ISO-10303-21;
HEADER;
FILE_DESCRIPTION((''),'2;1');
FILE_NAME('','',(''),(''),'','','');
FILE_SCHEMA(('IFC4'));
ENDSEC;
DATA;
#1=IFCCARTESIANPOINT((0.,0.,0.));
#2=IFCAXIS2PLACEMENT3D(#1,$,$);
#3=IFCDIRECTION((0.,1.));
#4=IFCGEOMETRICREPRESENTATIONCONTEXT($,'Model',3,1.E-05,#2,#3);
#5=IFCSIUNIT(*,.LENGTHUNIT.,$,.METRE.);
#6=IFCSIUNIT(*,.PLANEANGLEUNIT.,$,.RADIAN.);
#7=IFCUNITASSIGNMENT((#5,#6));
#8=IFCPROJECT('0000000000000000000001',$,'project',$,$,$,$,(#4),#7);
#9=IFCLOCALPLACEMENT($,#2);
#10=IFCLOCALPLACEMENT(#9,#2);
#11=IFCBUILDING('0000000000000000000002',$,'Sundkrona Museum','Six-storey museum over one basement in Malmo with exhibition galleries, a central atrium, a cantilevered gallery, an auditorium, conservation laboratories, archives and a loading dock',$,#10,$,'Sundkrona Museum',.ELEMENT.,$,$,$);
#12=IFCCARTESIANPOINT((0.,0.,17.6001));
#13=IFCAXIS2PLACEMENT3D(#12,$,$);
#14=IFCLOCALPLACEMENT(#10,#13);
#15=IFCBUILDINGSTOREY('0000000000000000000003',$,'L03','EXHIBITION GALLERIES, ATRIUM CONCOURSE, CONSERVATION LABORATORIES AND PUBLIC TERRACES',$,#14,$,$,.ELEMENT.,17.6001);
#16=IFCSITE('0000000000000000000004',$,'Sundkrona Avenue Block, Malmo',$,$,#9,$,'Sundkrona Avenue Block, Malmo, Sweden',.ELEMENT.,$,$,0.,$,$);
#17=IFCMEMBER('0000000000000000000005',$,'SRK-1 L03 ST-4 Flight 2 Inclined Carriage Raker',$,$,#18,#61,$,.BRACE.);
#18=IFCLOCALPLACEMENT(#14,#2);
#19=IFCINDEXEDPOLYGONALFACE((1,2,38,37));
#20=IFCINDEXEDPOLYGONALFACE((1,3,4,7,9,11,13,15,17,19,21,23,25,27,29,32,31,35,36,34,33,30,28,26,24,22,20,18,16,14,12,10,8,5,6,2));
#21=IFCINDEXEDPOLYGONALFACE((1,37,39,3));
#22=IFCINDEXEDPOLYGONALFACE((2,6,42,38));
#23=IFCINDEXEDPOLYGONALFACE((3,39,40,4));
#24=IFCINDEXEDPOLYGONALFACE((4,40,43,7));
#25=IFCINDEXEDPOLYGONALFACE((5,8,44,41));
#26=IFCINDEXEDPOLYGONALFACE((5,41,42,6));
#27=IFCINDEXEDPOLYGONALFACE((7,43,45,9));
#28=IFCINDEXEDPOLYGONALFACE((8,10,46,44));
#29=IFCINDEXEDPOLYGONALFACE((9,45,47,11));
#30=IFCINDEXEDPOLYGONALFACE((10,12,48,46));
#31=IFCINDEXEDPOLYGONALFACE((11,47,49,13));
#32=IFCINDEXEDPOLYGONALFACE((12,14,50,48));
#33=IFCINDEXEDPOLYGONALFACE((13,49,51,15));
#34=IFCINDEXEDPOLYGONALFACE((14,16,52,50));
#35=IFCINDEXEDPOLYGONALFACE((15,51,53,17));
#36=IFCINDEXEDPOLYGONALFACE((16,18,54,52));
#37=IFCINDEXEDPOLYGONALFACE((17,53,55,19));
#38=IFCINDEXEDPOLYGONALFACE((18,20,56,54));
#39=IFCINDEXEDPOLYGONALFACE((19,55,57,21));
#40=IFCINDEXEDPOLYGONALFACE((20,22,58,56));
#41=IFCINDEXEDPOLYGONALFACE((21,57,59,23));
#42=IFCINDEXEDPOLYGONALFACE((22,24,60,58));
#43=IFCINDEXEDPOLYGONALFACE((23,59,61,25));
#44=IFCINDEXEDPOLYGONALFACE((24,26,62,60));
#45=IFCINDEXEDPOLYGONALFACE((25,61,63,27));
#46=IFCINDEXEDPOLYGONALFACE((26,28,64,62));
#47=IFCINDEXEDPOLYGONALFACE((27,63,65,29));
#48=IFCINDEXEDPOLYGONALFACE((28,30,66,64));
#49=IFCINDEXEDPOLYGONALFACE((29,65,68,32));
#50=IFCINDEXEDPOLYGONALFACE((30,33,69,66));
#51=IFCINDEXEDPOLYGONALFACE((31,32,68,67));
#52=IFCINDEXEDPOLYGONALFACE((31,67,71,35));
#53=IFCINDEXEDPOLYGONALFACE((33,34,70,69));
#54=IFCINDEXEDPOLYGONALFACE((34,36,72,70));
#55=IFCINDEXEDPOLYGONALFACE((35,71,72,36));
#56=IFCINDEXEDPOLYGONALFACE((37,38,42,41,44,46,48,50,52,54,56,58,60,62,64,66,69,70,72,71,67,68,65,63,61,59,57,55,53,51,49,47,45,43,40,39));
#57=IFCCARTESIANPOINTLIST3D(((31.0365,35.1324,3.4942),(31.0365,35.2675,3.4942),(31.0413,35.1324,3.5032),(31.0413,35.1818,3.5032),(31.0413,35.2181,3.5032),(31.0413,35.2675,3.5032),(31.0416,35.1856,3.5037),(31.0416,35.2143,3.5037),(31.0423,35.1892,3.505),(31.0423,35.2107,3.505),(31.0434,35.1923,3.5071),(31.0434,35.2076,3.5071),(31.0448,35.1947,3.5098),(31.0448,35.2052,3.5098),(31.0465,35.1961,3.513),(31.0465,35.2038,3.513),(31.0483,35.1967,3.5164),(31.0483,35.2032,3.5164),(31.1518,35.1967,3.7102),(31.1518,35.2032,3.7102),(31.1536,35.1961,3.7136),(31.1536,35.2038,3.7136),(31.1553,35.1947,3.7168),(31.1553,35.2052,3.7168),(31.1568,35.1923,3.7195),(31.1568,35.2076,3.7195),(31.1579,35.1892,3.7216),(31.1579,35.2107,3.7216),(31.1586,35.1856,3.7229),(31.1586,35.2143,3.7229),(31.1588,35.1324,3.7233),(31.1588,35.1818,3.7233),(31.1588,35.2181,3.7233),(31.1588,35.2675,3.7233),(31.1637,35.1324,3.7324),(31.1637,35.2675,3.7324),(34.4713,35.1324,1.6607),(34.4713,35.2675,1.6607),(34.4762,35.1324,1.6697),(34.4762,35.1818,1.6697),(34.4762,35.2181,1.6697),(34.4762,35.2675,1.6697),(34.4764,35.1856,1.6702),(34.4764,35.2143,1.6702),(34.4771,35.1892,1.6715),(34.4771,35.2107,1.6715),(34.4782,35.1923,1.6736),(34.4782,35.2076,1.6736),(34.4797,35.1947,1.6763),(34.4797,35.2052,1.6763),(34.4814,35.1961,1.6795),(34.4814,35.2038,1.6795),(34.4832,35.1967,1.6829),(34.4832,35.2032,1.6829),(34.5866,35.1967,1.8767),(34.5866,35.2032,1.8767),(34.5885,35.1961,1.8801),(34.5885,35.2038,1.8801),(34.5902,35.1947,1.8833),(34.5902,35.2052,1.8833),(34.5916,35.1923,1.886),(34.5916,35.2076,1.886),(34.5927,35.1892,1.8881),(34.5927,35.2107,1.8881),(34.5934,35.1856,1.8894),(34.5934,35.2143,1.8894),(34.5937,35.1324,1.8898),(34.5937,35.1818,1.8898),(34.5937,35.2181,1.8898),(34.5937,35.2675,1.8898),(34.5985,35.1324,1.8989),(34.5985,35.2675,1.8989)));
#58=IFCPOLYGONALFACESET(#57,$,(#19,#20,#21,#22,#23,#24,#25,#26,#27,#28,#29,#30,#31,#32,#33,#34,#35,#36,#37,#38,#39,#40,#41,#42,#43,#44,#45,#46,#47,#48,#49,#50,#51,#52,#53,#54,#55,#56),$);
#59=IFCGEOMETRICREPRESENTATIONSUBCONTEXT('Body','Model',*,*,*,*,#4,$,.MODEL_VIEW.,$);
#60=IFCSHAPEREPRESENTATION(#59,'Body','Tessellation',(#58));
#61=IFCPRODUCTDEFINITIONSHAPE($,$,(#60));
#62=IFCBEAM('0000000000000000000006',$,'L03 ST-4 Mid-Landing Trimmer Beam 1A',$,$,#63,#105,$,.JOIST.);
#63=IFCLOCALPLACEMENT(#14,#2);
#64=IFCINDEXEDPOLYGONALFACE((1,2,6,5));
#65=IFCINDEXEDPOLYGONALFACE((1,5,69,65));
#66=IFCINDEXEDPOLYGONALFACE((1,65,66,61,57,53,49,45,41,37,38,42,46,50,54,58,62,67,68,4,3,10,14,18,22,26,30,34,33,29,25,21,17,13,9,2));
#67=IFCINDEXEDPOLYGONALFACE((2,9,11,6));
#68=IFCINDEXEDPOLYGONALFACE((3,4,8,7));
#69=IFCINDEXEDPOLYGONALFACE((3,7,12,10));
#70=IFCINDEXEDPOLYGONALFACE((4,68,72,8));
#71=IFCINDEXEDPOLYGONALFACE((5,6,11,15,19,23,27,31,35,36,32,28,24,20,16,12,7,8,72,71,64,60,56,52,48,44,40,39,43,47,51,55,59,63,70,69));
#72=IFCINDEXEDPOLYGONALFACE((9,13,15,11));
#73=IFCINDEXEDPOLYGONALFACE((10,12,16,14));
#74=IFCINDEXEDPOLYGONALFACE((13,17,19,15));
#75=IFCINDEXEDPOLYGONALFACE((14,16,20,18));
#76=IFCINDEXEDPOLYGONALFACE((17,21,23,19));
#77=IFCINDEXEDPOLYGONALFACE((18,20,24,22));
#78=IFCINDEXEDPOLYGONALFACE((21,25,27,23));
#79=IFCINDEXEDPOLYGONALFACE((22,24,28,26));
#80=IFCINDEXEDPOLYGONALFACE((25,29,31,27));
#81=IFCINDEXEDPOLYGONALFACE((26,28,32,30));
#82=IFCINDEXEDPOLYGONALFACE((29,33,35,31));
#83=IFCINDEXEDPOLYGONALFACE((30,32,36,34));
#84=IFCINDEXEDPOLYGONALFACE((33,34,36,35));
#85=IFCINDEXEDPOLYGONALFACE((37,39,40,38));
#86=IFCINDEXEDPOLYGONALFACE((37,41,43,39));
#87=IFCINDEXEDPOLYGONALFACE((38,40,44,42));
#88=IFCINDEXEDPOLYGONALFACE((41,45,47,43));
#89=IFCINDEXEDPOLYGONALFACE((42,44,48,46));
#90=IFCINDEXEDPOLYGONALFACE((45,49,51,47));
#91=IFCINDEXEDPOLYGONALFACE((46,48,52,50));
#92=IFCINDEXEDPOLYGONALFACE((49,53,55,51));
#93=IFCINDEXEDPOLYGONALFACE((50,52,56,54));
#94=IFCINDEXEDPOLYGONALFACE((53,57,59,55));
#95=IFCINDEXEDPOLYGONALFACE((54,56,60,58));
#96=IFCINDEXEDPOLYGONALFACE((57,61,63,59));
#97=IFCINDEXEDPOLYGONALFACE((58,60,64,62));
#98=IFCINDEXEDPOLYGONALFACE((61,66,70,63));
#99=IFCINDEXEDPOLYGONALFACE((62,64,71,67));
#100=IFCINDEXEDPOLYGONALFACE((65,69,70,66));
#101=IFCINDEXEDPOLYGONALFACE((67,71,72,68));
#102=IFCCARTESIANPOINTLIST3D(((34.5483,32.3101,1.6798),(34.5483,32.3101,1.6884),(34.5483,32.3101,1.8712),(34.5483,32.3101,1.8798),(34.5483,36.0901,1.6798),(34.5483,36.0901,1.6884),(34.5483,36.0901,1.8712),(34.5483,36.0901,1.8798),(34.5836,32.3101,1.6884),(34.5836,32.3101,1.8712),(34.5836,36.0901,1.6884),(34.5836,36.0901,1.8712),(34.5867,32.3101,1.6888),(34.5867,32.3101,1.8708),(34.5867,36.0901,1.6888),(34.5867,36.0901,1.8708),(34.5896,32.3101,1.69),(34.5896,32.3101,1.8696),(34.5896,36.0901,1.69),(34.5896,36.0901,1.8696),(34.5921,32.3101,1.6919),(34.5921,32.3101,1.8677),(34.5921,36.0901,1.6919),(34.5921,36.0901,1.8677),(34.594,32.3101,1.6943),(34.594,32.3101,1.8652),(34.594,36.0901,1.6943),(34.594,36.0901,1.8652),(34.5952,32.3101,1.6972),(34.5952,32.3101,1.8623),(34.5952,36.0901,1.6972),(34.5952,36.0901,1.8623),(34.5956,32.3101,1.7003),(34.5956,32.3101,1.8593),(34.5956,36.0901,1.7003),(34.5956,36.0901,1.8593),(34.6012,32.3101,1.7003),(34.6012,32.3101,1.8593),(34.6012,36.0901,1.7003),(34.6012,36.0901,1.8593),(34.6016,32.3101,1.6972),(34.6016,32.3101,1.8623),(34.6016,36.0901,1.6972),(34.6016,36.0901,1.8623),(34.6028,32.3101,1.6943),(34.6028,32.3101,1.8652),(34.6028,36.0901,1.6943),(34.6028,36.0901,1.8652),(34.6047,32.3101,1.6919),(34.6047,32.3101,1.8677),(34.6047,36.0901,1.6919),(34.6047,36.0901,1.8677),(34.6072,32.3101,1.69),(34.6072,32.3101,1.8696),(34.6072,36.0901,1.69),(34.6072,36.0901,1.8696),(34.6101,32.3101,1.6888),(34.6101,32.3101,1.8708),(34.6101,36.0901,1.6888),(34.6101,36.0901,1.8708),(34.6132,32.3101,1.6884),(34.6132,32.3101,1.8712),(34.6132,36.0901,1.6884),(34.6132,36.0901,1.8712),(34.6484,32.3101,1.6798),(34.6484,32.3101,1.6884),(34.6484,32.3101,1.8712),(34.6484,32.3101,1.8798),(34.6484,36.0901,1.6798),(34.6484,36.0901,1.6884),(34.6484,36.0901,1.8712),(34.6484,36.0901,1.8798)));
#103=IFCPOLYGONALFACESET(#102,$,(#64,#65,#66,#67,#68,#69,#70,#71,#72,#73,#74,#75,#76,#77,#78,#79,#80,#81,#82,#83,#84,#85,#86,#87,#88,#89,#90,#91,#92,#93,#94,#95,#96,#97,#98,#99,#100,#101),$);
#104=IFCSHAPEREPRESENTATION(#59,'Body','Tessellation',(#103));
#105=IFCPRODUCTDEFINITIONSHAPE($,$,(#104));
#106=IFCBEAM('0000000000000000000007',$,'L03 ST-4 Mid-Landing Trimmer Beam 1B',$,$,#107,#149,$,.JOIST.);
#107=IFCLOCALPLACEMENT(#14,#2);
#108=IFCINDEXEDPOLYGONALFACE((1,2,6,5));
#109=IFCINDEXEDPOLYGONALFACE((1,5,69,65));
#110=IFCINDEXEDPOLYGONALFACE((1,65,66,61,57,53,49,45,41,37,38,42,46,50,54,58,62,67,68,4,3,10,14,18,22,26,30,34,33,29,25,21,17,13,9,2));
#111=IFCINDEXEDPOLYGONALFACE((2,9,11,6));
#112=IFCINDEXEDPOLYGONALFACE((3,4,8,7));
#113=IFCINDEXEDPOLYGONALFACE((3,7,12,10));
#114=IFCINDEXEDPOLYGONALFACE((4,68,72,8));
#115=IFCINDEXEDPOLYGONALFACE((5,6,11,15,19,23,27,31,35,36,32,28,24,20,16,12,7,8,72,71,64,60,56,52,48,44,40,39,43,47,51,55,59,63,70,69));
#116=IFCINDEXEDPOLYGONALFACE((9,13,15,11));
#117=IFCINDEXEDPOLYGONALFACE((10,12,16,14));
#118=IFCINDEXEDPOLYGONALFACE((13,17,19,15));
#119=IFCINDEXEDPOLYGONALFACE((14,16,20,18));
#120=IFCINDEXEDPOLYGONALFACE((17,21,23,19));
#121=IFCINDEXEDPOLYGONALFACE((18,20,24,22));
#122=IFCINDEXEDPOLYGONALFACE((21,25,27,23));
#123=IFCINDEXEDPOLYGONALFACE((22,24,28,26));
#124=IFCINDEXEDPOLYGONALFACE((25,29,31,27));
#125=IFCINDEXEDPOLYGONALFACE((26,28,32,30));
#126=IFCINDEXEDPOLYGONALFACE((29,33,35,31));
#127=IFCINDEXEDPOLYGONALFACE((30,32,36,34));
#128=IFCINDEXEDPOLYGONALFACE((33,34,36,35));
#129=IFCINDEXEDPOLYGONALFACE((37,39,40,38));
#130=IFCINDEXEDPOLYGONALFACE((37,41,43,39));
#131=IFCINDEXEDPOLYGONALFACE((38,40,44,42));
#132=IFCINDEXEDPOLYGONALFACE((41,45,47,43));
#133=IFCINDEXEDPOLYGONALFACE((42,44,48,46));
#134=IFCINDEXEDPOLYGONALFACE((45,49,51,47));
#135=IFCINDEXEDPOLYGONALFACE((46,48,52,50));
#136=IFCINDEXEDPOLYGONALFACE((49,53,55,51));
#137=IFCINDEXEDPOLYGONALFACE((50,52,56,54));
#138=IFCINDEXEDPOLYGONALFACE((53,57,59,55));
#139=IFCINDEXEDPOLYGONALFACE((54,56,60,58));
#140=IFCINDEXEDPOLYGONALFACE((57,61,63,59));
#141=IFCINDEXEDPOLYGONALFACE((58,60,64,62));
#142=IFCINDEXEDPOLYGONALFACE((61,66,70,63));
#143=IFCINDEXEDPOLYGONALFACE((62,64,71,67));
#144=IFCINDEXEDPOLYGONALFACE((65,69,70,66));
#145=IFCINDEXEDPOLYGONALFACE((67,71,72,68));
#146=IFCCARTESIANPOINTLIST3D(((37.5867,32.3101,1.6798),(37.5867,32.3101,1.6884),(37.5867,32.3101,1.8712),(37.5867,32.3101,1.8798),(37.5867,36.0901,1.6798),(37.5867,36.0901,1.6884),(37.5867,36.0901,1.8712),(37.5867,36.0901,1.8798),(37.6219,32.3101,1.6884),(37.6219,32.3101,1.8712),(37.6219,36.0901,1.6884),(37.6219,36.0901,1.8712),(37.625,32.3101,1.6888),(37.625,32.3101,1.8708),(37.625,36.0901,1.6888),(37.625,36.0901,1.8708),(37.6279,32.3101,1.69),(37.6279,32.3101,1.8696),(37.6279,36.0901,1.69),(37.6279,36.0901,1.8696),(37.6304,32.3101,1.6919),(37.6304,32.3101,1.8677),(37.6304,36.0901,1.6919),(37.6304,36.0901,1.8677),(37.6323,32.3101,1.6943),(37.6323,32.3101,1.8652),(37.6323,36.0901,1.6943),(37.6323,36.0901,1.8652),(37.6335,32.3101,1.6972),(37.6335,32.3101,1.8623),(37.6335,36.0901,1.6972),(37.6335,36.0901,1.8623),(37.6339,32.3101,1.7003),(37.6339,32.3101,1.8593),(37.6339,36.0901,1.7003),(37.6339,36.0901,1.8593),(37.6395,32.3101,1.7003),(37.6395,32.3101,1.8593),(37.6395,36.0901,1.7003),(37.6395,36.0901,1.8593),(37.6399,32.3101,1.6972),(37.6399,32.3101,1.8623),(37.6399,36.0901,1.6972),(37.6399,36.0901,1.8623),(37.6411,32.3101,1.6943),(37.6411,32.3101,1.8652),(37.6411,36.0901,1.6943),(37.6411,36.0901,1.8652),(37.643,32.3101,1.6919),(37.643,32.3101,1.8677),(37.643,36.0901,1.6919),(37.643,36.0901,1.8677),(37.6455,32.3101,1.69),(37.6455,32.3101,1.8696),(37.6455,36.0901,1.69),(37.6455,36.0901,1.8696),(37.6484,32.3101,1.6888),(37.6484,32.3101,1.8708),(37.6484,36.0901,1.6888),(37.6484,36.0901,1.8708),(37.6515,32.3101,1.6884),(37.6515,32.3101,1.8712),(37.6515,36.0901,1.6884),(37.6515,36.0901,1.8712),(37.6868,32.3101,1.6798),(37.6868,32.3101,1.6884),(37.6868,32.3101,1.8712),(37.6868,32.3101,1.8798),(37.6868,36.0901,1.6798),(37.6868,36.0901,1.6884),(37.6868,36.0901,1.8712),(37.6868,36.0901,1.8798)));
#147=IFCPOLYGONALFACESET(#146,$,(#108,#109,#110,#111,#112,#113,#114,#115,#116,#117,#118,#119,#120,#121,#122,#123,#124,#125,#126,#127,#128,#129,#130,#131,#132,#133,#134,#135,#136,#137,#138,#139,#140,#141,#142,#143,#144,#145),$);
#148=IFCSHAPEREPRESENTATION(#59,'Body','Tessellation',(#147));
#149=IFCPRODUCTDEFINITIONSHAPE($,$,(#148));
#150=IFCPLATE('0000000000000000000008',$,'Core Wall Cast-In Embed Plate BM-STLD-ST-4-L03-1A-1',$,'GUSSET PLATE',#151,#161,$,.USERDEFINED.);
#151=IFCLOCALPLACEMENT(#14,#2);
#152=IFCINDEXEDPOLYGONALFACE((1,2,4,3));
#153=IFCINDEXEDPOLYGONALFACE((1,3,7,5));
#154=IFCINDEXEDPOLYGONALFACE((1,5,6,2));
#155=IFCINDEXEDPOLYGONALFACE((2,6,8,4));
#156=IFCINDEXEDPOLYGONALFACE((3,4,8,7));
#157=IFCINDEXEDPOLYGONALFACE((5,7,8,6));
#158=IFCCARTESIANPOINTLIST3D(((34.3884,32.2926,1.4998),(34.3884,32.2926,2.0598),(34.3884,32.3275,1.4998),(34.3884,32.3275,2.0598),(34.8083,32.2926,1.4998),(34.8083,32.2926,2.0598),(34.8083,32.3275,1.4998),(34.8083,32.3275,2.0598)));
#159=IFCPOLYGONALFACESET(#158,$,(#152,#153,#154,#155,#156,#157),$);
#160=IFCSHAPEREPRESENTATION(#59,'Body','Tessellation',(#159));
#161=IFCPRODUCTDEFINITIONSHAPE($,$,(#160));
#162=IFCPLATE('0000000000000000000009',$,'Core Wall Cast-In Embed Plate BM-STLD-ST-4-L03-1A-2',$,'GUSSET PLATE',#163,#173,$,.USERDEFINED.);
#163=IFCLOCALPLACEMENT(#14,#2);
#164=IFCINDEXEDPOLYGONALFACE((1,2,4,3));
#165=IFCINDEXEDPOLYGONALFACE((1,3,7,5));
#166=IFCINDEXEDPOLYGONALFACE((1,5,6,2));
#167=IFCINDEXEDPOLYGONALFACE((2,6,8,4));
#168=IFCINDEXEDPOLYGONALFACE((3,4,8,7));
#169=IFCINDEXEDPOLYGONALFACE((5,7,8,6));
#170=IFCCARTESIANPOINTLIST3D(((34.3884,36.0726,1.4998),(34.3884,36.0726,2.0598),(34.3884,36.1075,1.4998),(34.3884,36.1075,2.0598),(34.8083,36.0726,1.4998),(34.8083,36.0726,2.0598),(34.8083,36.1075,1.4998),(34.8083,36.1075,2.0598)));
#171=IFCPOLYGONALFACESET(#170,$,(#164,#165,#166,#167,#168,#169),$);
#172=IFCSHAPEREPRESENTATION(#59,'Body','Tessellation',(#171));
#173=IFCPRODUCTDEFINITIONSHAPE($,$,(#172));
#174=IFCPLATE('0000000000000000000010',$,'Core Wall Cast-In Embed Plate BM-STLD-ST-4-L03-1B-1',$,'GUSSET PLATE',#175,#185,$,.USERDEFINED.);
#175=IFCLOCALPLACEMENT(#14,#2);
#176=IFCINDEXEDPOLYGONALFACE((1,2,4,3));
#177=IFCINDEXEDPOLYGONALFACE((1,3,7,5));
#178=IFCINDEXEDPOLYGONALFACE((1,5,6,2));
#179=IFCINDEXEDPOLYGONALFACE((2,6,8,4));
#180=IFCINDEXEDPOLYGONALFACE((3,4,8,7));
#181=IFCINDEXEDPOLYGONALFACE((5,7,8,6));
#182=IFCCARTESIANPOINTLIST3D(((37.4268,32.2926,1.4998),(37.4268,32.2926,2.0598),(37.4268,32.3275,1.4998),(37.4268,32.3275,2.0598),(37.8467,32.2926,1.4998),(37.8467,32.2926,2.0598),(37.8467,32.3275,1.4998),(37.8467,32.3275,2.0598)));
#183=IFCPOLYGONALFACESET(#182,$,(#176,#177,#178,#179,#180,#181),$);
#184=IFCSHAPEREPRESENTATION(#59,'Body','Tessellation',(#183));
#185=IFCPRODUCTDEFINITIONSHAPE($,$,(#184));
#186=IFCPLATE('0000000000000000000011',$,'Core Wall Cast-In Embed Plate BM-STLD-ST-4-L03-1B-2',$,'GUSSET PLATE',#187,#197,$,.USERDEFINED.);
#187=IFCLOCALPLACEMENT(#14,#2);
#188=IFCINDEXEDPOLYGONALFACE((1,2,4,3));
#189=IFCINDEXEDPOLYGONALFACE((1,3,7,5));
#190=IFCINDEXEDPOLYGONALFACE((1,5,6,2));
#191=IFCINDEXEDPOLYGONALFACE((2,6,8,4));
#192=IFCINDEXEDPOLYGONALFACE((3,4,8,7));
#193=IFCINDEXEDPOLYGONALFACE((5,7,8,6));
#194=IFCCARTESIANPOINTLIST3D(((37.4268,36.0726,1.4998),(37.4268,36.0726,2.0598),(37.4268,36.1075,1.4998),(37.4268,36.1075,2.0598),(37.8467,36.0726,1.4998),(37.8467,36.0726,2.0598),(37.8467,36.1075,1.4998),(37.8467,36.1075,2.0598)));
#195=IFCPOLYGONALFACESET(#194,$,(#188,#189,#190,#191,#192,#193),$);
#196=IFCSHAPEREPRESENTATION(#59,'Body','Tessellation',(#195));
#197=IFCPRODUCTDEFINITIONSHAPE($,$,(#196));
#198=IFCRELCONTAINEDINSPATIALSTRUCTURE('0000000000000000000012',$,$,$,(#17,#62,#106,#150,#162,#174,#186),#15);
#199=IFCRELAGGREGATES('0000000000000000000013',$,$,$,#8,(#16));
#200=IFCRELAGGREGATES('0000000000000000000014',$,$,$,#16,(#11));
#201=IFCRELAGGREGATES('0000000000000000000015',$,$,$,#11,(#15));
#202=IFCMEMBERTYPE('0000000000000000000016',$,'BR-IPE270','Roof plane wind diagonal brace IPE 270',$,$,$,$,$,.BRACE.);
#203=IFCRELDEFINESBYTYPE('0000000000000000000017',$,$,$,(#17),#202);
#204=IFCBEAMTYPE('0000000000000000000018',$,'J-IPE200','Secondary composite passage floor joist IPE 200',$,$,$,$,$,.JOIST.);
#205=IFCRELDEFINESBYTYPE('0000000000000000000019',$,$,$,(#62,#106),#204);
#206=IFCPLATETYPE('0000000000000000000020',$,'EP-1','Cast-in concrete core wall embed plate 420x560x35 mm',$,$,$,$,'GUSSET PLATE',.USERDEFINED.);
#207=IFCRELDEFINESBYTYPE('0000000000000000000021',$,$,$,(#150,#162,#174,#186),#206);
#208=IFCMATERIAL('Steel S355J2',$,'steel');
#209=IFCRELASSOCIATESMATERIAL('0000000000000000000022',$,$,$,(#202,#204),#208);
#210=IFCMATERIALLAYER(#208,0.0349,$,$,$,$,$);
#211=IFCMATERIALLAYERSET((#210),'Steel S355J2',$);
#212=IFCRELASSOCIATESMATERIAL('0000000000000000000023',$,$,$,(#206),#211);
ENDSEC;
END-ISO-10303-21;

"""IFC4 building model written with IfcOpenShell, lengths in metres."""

from ifc_helpers import new_model, si_unit, direction, frame, origin, origin_2d, place, context, subcontext, project, spatial, rectangle, i_section, extrude, material, layer, layer_set, material_profile, profile_set, type_object, element, save


model = new_model("IFC4")

# Units and contexts
model_context = context("Model", 3, precision=1e-05, world=origin(), true_north=direction((0.0, 1.0)))
body_context = subcontext(model_context, "Body", "Model", "MODEL_VIEW")
ifc_project = project(units=[si_unit("LENGTHUNIT", "METRE"), si_unit("PLANEANGLEUNIT", "RADIAN")], contexts=[model_context])

# Site, building, storey
site_placement = place(None, origin())
site = spatial("IfcSite", under=ifc_project, at=site_placement, Name="Sundkrona Avenue Block, Malmo", LongName="Sundkrona Avenue Block, Malmo, Sweden", CompositionType="ELEMENT", RefElevation=0.0)
building_placement = place(site_placement, origin())
building = spatial("IfcBuilding", under=site, at=building_placement, Name="Sundkrona Museum", Description="Six-storey museum over one basement in Malmo with exhibition galleries, a central atrium, a cantilevered gallery, an auditorium, conservation laboratories, archives and a loading dock", LongName="Sundkrona Museum", CompositionType="ELEMENT")
storey_placement = place(building_placement, frame((0.0, 0.0, 17.6001)))
storey = spatial("IfcBuildingStorey", under=building, at=storey_placement, Name="L03", Description="EXHIBITION GALLERIES, ATRIUM CONCOURSE, CONSERVATION LABORATORIES AND PUBLIC TERRACES", CompositionType="ELEMENT", Elevation=17.6001)

# Member
ifc_material_1 = material(Name="Steel S355J2", Category="steel")
ifc_material_profile_1 = material_profile(ifc_material_1, i_section(OverallWidth=0.135, OverallDepth=0.27, WebThickness=0.0066, FlangeThickness=0.0103, FilletRadius=0.0149, at=origin_2d()), Name="IPE 270")
ifc_profile_set_1 = profile_set([ifc_material_profile_1], Name="Steel S355J2")
member_type = type_object("IfcMemberType", Name="BR-IPE270", Description="Roof plane wind diagonal brace IPE 270", PredefinedType="BRACE", material=ifc_profile_set_1)
member_placement = place(storey_placement, frame((34.5349, 35.2, 1.7798), z_axis=(-0.882183, 0.0, 0.470907), x_axis=(0.0, -1.0, 0.0)))
element("IfcMember", 1, at=member_placement, inside=storey, type_object=member_type, Name="SRK-1 L03 ST-4 Flight 2 Inclined Carriage Raker", PredefinedType="BRACE", context=body_context, shape_type="SweptSolid", body=[
    extrude(i_section(OverallWidth=0.135, OverallDepth=0.27, WebThickness=0.0066, FlangeThickness=0.0103, FilletRadius=0.0149, at=origin_2d()), origin(), (0.0, 0.0, 1.0), 3.8936),
])

# Beams
ifc_material_profile_2 = material_profile(ifc_material_1, i_section(OverallWidth=0.1001, OverallDepth=0.2, WebThickness=0.0056, FlangeThickness=0.0085, FilletRadius=0.012, at=origin_2d()), Name="IPE 200")
ifc_profile_set_2 = profile_set([ifc_material_profile_2], Name="Steel S355J2")
beam_type = type_object("IfcBeamType", Name="J-IPE200", Description="Secondary composite passage floor joist IPE 200", PredefinedType="JOIST", material=ifc_profile_set_2)
for number, where, z_axis, x_axis, name in (
    (2, (34.5984, 32.3101, 1.7798), (0.0, 1.0, 0.0), (-1.0, 0.0, 0.0), "L03 ST-4 Mid-Landing Trimmer Beam 1A"),
    (3, (37.6367, 32.3101, 1.7798), (0.0, 1.0, 0.0), (-1.0, 0.0, 0.0), "L03 ST-4 Mid-Landing Trimmer Beam 1B"),
):
    element("IfcBeam", number, at=place(storey_placement, frame(where, z_axis=z_axis, x_axis=x_axis)), inside=storey, type_object=beam_type, Name=name, PredefinedType="JOIST", context=body_context, shape_type="SweptSolid", body=[
        extrude(i_section(OverallWidth=0.1001, OverallDepth=0.2, WebThickness=0.0056, FlangeThickness=0.0085, FilletRadius=0.012, at=origin_2d()), origin(), (0.0, 0.0, 1.0), 3.78),
    ])

# Plates
ifc_layer_1 = layer(ifc_material_1, 0.0349)
ifc_layer_set_1 = layer_set([ifc_layer_1], Name="Steel S355J2")
plate_type = type_object("IfcPlateType", Name="EP-1", Description="Cast-in concrete core wall embed plate 420x560x35 mm", ElementType="GUSSET PLATE", PredefinedType="USERDEFINED", material=ifc_layer_set_1)
for number, where, z_axis, x_axis, name in (
    (4, (34.5984, 32.3101, 1.4998), (0.0, 0.0, 1.0), (1.0, 0.0, 0.0), "Core Wall Cast-In Embed Plate BM-STLD-ST-4-L03-1A-1"),
    (5, (34.5984, 36.0901, 1.4998), (0.0, 0.0, 1.0), (1.0, 0.0, 0.0), "Core Wall Cast-In Embed Plate BM-STLD-ST-4-L03-1A-2"),
    (6, (37.6367, 32.3101, 1.4998), (0.0, 0.0, 1.0), (1.0, 0.0, 0.0), "Core Wall Cast-In Embed Plate BM-STLD-ST-4-L03-1B-1"),
    (7, (37.6367, 36.0901, 1.4998), (0.0, 0.0, 1.0), (1.0, 0.0, 0.0), "Core Wall Cast-In Embed Plate BM-STLD-ST-4-L03-1B-2"),
):
    element("IfcPlate", number, at=place(storey_placement, frame(where, z_axis=z_axis, x_axis=x_axis)), inside=storey, type_object=plate_type, Name=name, ObjectType="GUSSET PLATE", PredefinedType="USERDEFINED", context=body_context, shape_type="SweptSolid", body=[
        extrude(rectangle(XDim=0.4199, YDim=0.0349, at=origin_2d()), origin(), (0.0, 0.0, 1.0), 0.5601),
    ])

save(model, "model.ifc")
